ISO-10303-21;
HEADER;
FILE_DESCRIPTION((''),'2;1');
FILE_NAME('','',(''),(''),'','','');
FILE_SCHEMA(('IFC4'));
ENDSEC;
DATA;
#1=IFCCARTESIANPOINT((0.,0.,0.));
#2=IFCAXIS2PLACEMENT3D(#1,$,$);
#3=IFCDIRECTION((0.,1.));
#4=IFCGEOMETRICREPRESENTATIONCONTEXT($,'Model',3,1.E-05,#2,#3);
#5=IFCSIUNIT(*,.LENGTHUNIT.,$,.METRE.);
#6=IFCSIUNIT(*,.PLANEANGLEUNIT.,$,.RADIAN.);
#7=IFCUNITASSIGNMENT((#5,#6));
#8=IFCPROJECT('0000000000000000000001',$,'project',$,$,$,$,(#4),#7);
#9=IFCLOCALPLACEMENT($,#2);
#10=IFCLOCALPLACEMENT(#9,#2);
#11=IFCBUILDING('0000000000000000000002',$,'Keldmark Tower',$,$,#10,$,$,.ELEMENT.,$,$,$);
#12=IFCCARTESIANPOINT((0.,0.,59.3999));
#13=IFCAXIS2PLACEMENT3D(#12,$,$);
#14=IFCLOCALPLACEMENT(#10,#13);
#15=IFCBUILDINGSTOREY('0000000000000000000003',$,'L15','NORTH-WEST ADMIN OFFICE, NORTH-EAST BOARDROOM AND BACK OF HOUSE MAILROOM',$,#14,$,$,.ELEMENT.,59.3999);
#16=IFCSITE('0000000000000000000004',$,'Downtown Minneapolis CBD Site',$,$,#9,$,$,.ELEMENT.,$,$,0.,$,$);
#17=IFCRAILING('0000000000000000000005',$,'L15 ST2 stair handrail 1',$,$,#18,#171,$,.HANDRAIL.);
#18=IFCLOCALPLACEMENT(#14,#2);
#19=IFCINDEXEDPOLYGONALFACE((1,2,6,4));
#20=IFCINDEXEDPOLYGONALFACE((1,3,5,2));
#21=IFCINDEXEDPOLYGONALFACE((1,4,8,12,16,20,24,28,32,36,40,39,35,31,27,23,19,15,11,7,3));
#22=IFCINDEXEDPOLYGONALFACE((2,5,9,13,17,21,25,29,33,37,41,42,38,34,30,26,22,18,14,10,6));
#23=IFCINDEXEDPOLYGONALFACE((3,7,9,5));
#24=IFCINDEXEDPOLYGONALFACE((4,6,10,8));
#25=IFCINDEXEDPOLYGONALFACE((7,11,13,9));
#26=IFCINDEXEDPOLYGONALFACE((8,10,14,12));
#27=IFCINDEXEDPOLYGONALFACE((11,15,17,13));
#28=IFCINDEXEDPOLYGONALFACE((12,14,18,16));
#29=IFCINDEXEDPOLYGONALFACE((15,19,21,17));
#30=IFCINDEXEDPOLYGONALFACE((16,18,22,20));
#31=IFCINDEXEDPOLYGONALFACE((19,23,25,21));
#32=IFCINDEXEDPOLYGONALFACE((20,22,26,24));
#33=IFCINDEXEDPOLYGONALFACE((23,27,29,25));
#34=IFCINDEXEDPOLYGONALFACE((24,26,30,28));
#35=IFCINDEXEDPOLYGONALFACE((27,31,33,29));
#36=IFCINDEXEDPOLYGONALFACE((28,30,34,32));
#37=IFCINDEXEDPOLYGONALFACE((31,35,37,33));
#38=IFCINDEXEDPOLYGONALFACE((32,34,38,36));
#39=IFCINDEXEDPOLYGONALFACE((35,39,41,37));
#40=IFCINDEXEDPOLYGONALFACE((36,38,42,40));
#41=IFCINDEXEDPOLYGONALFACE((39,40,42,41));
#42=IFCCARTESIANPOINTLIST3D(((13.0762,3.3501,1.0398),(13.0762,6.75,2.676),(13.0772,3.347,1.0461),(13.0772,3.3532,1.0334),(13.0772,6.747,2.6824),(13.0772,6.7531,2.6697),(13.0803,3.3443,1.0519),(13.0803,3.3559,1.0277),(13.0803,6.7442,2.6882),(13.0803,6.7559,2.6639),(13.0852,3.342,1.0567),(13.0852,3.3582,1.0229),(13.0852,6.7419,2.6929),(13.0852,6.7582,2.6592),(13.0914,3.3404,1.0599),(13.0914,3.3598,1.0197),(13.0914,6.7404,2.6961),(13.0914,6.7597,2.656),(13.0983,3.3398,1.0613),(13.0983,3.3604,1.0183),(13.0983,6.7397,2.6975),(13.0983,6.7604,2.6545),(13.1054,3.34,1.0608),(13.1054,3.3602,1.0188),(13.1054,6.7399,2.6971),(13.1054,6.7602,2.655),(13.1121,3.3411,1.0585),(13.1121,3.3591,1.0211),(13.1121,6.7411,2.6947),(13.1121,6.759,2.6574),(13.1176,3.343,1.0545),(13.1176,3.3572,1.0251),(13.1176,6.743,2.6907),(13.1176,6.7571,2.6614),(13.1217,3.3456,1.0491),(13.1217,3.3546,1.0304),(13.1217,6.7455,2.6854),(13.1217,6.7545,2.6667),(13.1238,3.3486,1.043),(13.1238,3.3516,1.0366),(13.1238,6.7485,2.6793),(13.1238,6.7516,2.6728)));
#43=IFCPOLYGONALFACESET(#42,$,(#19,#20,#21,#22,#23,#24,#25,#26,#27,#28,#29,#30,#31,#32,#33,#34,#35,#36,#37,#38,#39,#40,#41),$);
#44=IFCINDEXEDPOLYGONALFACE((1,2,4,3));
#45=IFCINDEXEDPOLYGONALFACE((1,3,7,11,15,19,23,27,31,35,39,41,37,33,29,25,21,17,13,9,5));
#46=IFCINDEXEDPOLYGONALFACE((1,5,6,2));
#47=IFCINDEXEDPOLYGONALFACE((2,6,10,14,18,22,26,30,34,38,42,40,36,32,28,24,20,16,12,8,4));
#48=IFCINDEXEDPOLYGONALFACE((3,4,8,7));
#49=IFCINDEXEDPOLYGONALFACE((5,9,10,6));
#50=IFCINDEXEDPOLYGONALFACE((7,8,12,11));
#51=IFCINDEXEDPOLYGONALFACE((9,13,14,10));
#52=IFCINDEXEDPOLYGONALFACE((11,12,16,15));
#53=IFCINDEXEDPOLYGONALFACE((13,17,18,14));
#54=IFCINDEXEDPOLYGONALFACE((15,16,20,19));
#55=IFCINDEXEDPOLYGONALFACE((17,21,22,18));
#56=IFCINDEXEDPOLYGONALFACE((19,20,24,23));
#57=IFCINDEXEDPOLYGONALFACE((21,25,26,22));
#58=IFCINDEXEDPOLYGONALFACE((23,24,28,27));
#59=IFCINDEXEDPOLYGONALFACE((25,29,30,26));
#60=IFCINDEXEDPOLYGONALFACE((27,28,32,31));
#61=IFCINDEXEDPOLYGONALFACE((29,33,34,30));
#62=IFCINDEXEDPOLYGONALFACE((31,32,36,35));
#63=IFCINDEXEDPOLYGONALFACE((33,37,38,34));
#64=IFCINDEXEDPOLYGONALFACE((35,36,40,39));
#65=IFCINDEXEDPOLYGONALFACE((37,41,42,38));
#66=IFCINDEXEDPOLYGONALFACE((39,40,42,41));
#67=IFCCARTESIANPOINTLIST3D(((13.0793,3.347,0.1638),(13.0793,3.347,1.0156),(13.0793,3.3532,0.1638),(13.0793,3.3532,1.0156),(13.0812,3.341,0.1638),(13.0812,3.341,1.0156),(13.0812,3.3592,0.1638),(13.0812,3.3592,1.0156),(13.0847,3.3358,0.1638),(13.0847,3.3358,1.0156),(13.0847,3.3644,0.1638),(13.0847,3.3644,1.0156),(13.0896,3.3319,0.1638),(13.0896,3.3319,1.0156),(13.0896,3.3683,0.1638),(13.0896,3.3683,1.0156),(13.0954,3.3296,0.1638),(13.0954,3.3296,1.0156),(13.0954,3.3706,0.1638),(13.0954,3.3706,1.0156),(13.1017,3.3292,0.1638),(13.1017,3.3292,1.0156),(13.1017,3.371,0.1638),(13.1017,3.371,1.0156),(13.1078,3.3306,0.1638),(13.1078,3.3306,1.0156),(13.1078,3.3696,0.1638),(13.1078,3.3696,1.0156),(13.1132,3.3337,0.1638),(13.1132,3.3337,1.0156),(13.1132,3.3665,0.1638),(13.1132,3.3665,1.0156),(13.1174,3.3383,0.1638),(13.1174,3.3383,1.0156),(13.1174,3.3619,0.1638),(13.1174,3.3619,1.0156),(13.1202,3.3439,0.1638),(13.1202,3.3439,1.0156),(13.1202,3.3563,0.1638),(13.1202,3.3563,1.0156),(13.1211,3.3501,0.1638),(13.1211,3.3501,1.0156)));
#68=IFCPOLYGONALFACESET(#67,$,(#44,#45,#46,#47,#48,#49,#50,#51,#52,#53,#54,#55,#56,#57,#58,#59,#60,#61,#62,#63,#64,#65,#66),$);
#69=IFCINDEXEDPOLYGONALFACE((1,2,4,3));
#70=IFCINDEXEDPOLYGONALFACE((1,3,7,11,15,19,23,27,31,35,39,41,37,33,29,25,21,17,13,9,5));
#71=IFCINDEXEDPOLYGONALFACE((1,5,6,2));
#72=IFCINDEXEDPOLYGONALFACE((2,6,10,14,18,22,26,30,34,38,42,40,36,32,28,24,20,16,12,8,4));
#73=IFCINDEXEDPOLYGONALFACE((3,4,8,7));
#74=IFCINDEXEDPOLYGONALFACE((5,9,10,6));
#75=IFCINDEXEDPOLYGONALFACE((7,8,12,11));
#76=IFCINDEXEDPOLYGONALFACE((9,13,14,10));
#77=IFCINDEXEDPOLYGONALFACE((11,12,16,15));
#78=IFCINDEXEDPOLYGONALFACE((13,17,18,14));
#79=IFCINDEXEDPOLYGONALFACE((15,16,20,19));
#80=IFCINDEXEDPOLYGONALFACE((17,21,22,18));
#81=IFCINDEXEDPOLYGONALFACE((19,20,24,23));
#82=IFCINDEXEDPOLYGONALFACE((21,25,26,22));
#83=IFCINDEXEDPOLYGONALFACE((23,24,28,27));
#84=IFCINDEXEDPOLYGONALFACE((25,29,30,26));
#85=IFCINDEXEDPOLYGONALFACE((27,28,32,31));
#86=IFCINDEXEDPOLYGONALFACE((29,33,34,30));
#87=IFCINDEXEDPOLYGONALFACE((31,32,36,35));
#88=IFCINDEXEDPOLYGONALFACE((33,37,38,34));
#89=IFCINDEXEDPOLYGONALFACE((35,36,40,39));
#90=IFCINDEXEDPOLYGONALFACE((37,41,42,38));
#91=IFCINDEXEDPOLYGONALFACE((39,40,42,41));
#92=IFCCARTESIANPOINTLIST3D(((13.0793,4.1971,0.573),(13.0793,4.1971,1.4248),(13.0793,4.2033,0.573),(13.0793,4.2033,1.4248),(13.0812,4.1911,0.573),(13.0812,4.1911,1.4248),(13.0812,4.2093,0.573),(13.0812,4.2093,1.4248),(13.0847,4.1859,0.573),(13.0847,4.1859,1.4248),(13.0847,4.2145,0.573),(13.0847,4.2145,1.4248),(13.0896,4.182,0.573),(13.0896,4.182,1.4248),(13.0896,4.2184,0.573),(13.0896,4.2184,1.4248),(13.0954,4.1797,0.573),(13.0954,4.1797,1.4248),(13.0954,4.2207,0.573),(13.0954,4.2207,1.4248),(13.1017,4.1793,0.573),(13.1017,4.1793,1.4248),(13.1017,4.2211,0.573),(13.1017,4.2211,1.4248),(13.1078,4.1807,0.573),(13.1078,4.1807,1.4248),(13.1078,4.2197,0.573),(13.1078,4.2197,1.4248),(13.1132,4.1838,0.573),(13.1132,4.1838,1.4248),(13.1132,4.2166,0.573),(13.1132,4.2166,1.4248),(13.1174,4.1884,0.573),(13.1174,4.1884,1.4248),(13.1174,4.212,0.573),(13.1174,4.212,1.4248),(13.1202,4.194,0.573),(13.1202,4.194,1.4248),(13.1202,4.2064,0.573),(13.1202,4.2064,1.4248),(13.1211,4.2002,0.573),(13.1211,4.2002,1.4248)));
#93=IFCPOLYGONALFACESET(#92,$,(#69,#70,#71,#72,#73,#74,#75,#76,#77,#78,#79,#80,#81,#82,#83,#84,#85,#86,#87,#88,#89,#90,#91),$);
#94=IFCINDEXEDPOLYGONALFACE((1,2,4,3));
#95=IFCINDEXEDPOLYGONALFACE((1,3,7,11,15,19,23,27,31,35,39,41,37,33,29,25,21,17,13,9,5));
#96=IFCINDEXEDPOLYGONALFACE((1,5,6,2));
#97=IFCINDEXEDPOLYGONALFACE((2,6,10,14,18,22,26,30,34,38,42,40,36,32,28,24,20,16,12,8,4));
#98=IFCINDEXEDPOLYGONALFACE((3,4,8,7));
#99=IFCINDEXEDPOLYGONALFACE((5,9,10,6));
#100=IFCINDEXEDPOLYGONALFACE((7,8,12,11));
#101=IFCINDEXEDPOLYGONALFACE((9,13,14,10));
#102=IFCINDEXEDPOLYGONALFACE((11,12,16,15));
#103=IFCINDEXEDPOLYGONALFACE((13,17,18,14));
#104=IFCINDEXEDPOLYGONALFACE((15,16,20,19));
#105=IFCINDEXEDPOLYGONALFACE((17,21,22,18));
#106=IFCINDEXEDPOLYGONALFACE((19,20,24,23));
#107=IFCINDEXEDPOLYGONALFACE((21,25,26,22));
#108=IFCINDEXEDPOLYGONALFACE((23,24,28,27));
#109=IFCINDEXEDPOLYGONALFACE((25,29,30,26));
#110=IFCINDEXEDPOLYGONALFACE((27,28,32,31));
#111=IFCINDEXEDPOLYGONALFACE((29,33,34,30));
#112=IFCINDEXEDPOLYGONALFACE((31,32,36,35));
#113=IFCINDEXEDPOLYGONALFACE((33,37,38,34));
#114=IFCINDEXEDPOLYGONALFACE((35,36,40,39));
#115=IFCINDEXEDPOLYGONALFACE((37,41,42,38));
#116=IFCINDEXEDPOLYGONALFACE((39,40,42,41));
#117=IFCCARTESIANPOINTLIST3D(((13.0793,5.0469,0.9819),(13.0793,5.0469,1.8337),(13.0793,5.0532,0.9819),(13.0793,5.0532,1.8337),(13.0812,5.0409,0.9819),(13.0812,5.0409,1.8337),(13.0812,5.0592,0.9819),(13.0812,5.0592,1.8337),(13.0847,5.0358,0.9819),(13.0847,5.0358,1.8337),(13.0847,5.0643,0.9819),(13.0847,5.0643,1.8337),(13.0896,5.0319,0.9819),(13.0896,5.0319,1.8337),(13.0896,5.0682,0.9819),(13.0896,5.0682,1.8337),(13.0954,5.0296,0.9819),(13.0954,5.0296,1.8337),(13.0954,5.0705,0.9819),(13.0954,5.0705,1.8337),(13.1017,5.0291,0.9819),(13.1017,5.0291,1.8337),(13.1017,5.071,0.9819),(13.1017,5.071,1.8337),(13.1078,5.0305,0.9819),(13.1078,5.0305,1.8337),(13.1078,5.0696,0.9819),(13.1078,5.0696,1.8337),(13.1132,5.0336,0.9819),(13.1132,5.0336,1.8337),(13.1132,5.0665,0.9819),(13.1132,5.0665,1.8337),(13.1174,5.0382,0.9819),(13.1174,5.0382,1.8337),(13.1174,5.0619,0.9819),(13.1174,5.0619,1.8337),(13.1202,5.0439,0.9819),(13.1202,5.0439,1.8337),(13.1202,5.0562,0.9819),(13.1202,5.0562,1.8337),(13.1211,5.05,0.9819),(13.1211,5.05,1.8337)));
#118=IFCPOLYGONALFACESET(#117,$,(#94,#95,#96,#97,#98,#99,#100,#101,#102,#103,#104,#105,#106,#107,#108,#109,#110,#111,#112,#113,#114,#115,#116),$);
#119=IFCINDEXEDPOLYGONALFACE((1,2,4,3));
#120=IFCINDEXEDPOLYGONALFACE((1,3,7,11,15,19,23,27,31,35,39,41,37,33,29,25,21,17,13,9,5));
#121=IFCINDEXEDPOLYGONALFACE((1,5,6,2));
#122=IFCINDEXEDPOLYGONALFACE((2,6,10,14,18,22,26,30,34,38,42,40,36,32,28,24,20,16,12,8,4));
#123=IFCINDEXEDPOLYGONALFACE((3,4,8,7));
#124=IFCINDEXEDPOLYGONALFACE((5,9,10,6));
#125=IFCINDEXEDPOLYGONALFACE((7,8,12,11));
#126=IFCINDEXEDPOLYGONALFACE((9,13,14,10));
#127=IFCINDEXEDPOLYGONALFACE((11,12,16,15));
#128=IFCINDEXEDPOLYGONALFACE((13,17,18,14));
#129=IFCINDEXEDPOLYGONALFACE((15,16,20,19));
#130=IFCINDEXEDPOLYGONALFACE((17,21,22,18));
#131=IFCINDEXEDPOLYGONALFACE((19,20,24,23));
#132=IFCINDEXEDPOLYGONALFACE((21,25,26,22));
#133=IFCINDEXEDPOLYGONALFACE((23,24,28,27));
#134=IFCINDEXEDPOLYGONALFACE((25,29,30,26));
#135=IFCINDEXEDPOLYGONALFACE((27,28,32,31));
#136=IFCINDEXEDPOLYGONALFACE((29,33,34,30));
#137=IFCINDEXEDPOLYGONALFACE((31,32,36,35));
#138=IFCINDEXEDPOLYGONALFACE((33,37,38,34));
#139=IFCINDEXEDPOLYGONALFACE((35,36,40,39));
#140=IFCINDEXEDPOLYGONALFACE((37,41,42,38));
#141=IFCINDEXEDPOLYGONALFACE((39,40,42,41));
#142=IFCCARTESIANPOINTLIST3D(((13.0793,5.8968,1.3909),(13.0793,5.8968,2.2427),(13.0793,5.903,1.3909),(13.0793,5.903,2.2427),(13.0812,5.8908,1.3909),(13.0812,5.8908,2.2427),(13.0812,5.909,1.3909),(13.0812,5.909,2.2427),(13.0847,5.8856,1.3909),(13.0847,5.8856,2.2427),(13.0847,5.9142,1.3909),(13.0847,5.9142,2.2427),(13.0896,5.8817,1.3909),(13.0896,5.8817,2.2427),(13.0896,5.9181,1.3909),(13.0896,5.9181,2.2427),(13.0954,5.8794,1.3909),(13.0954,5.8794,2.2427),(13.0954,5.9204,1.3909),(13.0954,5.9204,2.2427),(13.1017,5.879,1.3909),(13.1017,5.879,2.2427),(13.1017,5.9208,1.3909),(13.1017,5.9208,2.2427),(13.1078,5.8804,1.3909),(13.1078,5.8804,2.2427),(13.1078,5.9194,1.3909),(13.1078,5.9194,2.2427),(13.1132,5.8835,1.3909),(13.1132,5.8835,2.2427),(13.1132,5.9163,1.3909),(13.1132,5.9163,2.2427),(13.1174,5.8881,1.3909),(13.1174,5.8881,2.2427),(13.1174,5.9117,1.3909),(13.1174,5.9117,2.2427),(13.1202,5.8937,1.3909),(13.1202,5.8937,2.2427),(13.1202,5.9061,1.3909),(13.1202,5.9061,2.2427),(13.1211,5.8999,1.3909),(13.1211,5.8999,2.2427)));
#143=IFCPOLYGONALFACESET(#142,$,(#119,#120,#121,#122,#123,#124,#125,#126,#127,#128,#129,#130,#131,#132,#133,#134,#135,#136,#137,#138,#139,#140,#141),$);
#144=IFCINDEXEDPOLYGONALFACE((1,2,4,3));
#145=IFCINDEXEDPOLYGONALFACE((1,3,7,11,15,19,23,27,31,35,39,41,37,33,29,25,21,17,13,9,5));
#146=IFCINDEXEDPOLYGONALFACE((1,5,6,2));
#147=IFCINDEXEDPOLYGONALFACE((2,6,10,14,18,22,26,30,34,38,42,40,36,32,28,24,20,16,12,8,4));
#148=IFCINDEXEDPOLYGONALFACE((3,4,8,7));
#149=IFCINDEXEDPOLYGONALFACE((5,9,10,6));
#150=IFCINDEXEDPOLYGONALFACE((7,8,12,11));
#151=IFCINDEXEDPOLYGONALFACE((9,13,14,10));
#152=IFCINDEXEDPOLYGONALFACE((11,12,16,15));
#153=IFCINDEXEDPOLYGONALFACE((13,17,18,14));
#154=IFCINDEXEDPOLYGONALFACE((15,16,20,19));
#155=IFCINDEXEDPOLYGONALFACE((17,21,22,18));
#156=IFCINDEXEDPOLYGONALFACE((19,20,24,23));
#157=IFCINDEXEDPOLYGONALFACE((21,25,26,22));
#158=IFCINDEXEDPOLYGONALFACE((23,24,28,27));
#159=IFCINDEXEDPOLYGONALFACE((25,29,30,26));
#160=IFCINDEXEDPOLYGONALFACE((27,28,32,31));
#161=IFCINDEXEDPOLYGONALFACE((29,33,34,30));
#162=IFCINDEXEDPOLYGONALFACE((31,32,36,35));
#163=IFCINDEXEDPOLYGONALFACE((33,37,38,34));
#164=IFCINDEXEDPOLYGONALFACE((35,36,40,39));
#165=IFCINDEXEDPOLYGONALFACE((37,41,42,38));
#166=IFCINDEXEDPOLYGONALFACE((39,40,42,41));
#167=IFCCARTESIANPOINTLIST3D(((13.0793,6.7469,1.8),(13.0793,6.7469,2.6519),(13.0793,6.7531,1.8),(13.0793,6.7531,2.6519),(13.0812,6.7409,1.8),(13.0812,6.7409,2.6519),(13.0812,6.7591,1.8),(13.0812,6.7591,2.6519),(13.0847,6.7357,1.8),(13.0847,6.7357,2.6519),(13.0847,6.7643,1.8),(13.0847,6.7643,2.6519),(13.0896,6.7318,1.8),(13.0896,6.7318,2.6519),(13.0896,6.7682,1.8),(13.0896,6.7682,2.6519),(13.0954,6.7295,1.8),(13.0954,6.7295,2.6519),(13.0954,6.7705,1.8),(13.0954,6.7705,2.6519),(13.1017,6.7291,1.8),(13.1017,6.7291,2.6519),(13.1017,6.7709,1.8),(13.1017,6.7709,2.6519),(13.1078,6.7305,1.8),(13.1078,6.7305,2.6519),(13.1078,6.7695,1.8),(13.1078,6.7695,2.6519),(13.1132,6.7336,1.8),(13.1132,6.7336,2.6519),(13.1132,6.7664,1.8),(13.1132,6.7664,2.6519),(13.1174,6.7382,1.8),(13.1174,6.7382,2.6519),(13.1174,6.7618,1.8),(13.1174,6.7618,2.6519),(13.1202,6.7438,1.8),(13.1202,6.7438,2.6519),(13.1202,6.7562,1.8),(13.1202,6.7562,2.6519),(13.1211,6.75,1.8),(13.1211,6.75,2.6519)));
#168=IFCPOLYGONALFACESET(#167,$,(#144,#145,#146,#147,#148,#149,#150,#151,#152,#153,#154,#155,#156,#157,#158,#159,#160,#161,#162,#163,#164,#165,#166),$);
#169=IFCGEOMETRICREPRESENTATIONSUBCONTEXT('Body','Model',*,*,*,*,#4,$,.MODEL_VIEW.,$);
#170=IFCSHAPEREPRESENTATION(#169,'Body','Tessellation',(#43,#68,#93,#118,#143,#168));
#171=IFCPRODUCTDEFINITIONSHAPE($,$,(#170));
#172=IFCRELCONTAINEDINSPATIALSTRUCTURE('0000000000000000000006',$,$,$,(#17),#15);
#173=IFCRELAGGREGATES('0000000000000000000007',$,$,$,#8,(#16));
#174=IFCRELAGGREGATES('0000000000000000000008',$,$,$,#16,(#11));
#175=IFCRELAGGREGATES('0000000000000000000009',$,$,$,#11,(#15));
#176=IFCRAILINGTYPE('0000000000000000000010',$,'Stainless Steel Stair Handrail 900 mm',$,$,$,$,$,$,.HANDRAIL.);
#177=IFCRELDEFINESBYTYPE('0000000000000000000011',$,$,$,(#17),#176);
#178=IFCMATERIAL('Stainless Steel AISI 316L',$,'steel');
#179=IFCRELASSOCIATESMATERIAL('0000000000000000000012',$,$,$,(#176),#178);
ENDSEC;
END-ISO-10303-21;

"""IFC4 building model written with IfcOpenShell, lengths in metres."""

from ifc_helpers import new_model, si_unit, direction, frame, origin, origin_2d, place, context, subcontext, project, spatial, circle, extrude, material, type_object, element, save


model = new_model("IFC4")

# Units and contexts
model_context = context("Model", 3, precision=1e-05, world=origin(), true_north=direction((0.0, 1.0)))
body_context = subcontext(model_context, "Body", "Model", "MODEL_VIEW")
ifc_project = project(units=[si_unit("LENGTHUNIT", "METRE"), si_unit("PLANEANGLEUNIT", "RADIAN")], contexts=[model_context])

# Site, building, storey
site_placement = place(None, origin())
site = spatial("IfcSite", under=ifc_project, at=site_placement, Name="Downtown Minneapolis CBD Site", CompositionType="ELEMENT", RefElevation=0.0)
building_placement = place(site_placement, origin())
building = spatial("IfcBuilding", under=site, at=building_placement, Name="Keldmark Tower", CompositionType="ELEMENT")
storey_placement = place(building_placement, frame((0.0, 0.0, 59.3999)))
storey = spatial("IfcBuildingStorey", under=building, at=storey_placement, Name="L15", Description="NORTH-WEST ADMIN OFFICE, NORTH-EAST BOARDROOM AND BACK OF HOUSE MAILROOM", CompositionType="ELEMENT", Elevation=59.3999)

# Railing
ifc_material_1 = material(Name="Stainless Steel AISI 316L", Category="steel")
railing_type = type_object("IfcRailingType", Name="Stainless Steel Stair Handrail 900 mm", PredefinedType="HANDRAIL", material=ifc_material_1)
railing_placement = place(storey_placement, frame((13.1001, 3.3501, 0.1638)))
element("IfcRailing", 1, at=railing_placement, inside=storey, type_object=railing_type, Name="L15 ST2 stair handrail 1", PredefinedType="HANDRAIL", context=body_context, shape_type="SweptSolid", body=[
    extrude(circle(Radius=0.0239, at=origin_2d()), frame((0.0, 0.0, 0.876), z_axis=(0.0, 0.90108, 0.433652), x_axis=(-1.0, 0.0, 0.0)), (0.0, 0.0, 1.0), 3.7732),
    extrude(circle(Radius=0.021, at=origin_2d()), origin(), (0.0, 0.0, 1.0), 0.8518),
    extrude(circle(Radius=0.021, at=origin_2d()), frame((0.0, 0.8501, 0.4092)), (0.0, 0.0, 1.0), 0.8518),
    extrude(circle(Radius=0.021, at=origin_2d()), frame((0.0, 1.7, 0.8181)), (0.0, 0.0, 1.0), 0.8518),
    extrude(circle(Radius=0.021, at=origin_2d()), frame((0.0, 2.5498, 1.2271)), (0.0, 0.0, 1.0), 0.8518),
    extrude(circle(Radius=0.021, at=origin_2d()), frame((0.0, 3.3999, 1.6362)), (0.0, 0.0, 1.0), 0.8518),
])

save(model, "model.ifc")
